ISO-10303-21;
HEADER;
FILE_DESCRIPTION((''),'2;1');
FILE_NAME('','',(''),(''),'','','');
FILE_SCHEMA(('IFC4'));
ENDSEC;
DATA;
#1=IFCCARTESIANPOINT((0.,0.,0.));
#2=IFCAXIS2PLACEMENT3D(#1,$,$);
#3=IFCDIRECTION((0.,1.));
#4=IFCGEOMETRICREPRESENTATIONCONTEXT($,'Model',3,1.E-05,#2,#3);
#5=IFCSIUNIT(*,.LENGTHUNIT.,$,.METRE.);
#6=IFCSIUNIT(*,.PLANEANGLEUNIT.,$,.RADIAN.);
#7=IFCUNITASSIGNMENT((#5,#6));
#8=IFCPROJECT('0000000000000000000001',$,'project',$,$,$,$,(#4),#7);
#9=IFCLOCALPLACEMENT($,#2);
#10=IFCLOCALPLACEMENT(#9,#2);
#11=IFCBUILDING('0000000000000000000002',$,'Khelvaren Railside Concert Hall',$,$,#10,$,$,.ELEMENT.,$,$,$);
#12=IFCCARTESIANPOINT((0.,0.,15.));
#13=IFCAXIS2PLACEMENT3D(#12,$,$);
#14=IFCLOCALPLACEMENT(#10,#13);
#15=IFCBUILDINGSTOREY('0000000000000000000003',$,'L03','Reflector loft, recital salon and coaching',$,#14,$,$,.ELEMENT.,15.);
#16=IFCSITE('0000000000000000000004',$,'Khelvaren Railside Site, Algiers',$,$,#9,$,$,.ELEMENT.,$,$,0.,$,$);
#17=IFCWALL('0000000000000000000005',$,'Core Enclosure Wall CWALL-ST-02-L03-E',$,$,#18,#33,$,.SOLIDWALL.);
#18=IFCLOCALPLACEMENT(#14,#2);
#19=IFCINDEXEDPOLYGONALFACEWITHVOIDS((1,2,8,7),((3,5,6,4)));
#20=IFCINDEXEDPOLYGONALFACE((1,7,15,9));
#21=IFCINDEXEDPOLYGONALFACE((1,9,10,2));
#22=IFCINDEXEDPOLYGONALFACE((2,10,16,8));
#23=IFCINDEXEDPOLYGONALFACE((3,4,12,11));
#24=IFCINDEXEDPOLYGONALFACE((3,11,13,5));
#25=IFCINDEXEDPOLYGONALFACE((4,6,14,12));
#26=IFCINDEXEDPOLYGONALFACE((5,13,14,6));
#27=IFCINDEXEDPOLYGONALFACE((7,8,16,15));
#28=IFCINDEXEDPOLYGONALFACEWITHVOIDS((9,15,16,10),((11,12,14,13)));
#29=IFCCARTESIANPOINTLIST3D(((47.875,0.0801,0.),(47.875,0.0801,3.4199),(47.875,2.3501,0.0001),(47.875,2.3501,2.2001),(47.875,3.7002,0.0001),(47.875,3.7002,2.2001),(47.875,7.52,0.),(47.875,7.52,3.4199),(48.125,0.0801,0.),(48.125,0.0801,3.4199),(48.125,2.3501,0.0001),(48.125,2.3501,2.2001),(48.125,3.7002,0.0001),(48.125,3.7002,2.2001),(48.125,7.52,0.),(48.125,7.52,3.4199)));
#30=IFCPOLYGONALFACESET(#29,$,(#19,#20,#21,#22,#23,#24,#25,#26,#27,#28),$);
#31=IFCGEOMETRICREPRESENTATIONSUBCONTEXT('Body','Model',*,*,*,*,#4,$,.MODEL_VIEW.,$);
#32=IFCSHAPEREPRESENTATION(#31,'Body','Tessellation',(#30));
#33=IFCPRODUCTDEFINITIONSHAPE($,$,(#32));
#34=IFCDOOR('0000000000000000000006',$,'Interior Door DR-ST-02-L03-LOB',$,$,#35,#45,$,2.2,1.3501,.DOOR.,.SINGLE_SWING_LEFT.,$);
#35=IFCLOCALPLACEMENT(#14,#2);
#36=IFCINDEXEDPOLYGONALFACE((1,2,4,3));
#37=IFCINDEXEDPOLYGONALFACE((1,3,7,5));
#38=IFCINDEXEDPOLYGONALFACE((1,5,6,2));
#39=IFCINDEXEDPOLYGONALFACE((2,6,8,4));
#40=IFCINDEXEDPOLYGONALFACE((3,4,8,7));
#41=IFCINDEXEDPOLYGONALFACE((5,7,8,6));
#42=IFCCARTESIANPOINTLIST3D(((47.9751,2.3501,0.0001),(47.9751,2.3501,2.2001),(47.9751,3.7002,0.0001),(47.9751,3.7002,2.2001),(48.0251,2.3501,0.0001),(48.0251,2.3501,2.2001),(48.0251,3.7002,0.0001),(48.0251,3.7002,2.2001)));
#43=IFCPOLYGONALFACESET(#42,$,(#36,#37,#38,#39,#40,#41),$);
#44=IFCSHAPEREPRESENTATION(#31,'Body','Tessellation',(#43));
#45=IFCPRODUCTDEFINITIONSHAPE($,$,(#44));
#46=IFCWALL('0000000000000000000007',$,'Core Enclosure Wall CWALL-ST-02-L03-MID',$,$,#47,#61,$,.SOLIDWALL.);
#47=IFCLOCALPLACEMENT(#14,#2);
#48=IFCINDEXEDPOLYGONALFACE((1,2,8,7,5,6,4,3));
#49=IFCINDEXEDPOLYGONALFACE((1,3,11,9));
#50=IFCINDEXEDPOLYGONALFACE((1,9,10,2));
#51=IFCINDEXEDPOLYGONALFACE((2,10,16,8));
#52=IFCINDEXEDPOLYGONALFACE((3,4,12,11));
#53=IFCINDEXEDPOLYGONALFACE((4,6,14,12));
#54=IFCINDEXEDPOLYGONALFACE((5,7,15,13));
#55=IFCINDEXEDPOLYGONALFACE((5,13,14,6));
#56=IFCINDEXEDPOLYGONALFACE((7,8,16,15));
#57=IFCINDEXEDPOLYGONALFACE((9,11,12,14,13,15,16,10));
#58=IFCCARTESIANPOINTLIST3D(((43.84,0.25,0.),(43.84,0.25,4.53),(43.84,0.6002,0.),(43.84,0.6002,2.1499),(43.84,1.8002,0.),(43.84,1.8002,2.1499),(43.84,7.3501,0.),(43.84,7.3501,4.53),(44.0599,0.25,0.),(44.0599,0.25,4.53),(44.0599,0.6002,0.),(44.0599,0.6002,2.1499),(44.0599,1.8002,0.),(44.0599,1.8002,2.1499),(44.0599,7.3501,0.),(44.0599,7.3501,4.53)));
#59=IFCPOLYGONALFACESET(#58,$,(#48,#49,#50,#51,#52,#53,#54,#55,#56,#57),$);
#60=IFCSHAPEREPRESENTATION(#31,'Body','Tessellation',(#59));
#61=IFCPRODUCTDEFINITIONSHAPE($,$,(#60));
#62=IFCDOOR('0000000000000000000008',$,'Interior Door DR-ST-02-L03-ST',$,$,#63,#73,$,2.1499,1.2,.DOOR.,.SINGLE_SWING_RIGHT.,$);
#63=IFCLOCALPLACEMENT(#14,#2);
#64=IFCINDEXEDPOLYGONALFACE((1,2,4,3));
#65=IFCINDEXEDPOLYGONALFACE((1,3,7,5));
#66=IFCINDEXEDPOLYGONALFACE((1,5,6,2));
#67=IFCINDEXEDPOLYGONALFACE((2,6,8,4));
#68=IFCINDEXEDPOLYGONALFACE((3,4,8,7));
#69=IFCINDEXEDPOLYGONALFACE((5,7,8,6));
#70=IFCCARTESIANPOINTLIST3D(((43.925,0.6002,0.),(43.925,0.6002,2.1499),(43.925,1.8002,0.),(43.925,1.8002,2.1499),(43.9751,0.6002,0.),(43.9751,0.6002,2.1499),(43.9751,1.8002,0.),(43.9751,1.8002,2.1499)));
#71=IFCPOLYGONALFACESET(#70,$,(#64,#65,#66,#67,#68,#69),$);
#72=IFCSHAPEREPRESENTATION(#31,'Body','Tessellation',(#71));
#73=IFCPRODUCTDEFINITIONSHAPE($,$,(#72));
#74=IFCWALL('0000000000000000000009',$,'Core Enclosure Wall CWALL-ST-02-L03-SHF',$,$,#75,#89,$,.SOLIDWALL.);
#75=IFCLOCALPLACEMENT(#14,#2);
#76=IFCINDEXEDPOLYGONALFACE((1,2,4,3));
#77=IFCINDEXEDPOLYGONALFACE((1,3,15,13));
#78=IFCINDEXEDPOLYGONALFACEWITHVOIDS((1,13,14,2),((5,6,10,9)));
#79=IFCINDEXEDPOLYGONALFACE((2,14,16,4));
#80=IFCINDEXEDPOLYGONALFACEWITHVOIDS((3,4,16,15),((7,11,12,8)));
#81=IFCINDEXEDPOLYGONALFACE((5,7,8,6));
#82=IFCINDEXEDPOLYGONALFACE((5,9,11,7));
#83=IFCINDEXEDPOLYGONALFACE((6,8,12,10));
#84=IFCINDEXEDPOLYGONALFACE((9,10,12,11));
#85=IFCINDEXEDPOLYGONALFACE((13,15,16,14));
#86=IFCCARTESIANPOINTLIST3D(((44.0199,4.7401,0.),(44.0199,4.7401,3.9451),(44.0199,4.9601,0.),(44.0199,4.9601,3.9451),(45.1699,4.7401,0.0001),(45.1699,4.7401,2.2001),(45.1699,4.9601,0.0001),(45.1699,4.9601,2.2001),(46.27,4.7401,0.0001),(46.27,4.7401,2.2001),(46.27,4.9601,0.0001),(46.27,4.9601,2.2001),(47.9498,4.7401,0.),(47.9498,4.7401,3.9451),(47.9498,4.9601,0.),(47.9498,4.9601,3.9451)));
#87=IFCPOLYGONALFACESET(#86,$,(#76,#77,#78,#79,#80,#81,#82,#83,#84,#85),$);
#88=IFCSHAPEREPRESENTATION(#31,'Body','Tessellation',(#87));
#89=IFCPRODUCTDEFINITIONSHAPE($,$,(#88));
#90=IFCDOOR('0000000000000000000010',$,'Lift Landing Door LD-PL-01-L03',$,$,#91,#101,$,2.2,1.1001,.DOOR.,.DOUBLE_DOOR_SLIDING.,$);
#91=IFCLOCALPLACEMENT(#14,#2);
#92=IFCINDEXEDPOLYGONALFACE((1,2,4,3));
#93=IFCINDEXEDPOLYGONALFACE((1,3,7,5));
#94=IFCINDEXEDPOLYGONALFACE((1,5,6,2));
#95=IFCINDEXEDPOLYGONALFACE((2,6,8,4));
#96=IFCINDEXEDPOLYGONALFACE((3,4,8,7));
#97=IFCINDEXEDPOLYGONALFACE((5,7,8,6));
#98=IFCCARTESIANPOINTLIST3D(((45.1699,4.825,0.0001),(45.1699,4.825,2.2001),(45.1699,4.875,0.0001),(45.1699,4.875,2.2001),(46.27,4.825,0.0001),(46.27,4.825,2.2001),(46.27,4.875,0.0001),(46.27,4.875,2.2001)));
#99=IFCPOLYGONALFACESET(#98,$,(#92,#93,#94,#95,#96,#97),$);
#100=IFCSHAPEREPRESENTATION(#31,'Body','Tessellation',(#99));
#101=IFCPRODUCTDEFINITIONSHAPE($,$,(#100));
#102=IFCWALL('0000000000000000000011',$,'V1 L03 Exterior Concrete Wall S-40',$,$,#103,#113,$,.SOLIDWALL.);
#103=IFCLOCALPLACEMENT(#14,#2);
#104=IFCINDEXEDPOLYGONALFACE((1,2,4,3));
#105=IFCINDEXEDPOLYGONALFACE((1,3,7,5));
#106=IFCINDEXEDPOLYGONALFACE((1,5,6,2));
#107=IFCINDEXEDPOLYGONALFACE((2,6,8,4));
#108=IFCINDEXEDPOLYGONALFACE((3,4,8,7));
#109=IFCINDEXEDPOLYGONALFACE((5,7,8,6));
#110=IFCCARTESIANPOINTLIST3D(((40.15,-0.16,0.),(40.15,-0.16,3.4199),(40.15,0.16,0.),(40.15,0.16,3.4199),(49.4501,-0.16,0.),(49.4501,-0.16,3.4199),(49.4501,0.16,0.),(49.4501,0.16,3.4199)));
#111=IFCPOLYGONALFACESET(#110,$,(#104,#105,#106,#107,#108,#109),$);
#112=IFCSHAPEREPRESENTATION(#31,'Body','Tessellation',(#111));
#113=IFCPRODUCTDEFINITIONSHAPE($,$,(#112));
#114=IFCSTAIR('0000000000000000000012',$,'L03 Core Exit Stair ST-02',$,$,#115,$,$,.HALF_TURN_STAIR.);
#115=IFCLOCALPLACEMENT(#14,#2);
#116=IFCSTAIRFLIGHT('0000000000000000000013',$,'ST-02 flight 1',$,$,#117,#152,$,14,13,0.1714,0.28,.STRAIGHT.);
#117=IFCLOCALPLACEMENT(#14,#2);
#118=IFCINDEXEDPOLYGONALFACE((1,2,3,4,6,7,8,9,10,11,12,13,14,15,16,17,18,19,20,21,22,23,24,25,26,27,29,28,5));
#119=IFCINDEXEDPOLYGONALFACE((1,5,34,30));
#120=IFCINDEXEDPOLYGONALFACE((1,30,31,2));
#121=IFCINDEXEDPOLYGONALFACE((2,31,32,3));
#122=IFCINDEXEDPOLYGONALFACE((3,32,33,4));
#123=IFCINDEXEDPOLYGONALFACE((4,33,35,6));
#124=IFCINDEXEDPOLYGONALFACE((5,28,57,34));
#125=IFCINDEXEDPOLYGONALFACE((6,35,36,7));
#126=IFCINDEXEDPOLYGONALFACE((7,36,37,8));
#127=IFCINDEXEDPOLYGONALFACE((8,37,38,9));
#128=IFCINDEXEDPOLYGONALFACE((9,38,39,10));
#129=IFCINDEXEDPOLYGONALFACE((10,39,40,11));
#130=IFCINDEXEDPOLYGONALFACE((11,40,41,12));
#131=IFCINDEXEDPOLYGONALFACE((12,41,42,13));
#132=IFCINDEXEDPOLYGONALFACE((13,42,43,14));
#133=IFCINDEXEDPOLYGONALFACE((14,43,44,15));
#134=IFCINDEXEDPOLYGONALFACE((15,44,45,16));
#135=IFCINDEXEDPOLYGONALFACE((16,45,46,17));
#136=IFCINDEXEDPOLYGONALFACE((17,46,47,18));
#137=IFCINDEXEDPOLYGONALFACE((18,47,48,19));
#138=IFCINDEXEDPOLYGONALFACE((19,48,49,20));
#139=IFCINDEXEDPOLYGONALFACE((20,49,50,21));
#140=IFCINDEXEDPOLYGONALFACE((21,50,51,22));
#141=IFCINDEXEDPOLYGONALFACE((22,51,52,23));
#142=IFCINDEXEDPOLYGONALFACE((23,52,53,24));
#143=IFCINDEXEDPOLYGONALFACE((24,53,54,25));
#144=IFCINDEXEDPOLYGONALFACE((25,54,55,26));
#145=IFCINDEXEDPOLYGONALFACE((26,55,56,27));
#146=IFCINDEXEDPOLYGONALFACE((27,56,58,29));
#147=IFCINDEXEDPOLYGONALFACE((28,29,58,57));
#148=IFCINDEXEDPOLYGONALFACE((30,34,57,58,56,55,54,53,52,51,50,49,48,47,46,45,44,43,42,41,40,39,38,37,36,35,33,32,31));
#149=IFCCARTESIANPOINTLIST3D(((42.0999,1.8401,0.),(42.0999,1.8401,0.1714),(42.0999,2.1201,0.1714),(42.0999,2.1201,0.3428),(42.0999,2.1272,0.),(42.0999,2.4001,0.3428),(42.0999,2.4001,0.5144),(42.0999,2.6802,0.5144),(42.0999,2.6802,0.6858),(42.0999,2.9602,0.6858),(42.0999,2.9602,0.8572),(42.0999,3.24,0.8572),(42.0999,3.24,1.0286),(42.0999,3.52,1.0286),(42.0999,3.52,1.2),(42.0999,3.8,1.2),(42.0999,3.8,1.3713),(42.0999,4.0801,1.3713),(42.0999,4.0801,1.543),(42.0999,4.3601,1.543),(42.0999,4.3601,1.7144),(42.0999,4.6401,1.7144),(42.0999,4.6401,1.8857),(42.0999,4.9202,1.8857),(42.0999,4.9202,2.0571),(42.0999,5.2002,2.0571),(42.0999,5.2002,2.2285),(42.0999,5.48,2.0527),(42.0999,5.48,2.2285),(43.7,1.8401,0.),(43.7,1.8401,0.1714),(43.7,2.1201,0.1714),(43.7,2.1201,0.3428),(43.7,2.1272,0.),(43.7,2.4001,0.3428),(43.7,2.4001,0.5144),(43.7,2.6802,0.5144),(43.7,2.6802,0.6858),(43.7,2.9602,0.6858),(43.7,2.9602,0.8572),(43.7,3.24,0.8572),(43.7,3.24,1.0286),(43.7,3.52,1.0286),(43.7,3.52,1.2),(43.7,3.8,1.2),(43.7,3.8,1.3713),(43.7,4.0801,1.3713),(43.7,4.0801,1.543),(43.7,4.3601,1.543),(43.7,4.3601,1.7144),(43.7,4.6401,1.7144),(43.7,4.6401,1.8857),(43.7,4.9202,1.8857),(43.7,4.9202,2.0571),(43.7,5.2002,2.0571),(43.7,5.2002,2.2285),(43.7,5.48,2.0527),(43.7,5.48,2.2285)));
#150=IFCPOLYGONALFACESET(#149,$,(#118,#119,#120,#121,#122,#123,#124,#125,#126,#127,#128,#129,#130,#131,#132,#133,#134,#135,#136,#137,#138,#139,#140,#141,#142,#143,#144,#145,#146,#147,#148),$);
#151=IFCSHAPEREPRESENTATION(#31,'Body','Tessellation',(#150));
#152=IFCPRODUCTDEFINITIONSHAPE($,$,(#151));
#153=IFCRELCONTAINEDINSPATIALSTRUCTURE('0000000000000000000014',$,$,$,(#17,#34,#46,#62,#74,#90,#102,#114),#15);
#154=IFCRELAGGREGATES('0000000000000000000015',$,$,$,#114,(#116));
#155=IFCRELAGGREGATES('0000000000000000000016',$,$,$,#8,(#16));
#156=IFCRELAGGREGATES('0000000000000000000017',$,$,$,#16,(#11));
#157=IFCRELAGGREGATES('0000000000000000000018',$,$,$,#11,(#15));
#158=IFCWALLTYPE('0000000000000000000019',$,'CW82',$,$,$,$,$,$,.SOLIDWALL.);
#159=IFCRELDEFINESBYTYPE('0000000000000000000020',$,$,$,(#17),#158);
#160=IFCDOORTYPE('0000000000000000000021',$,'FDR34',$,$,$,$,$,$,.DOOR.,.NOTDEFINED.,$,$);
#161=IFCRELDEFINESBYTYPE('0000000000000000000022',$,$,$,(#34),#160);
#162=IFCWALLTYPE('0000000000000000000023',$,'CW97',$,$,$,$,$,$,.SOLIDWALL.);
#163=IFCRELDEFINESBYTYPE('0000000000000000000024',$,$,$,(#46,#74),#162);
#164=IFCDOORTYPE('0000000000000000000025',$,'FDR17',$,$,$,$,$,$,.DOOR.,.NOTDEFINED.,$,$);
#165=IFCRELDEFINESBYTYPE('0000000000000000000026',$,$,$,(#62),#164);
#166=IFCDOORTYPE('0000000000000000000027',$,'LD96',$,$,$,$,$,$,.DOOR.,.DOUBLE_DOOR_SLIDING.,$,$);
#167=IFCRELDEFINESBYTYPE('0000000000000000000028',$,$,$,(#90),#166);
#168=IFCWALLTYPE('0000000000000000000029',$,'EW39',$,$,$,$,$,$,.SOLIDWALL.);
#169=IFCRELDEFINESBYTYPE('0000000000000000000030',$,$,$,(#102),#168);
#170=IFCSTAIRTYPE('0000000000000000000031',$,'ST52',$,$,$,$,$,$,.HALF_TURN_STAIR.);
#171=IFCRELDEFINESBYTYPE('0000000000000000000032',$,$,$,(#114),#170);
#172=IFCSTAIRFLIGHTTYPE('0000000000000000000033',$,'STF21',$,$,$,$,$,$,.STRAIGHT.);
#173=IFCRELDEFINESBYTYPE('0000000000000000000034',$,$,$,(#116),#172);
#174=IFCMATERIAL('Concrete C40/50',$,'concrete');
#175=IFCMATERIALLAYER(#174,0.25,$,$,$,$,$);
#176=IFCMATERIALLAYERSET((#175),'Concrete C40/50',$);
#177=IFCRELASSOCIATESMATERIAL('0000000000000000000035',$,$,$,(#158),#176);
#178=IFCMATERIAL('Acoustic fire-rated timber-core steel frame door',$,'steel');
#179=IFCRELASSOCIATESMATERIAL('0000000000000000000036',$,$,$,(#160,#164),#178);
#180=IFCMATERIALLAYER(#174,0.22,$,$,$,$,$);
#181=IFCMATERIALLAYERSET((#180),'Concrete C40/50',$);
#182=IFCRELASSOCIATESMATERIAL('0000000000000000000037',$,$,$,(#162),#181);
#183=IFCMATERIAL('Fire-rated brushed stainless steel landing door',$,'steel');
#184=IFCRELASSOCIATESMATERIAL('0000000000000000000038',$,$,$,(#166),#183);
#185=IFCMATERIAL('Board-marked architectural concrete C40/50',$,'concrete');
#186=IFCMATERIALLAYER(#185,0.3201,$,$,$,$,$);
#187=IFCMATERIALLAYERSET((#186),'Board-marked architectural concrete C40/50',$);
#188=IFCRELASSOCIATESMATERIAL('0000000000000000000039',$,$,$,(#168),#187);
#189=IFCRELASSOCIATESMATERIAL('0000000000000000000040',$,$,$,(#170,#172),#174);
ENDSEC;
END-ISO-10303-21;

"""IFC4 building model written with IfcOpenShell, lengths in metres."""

from ifc_helpers import new_model, si_unit, direction, frame, frame_2d, origin, place, context, subcontext, project, spatial, polyline, rectangle, outline, extrude, material, layer, layer_set, type_object, element, fill, aggregate, save


model = new_model("IFC4")

# Units and contexts
model_context = context("Model", 3, precision=1e-05, world=origin(), true_north=direction((0.0, 1.0)))
body_context = subcontext(model_context, "Body", "Model", "MODEL_VIEW")
ifc_project = project(units=[si_unit("LENGTHUNIT", "METRE"), si_unit("PLANEANGLEUNIT", "RADIAN")], contexts=[model_context])

# Site, building, storey
site_placement = place(None, origin())
site = spatial("IfcSite", under=ifc_project, at=site_placement, Name="Khelvaren Railside Site, Algiers", CompositionType="ELEMENT", RefElevation=0.0)
building_placement = place(site_placement, origin())
building = spatial("IfcBuilding", under=site, at=building_placement, Name="Khelvaren Railside Concert Hall", CompositionType="ELEMENT")
storey_placement = place(building_placement, frame((0.0, 0.0, 15.0)))
storey = spatial("IfcBuildingStorey", under=building, at=storey_placement, Name="L03", Description="Reflector loft, recital salon and coaching", CompositionType="ELEMENT", Elevation=15.0)

# Shared definitions
ifc_material_1 = material(Name="Concrete C40/50", Category="concrete")

# Walls, openings, doors
ifc_layer_1 = layer(ifc_material_1, 0.25)
ifc_layer_set_1 = layer_set([ifc_layer_1], Name="Concrete C40/50")
wall_type_1 = type_object("IfcWallType", Name="CW82", PredefinedType="SOLIDWALL", material=ifc_layer_set_1)
wall_1_placement = place(storey_placement, frame((48.0, 0.0801, 0.0), z_axis=(0.0, 0.0, 1.0), x_axis=(0.0, 1.0, 0.0)))
wall_1 = element("IfcWall", 1, at=wall_1_placement, inside=storey, type_object=wall_type_1, Name="Core Enclosure Wall CWALL-ST-02-L03-E", PredefinedType="SOLIDWALL", context=body_context, shape_type="SweptSolid", body=[
    extrude(rectangle(XDim=7.4399, YDim=0.25, at=frame_2d((3.72, 0.0))), origin(), (0.0, 0.0, 1.0), 3.4199),
])
opening_1_placement = place(wall_1_placement, frame((2.27, 0.0, 0.0)))
opening_1 = element("IfcOpeningElement", 2, at=opening_1_placement, cuts=wall_1, PredefinedType="OPENING", context=body_context, shape_type="SweptSolid", body=[
    extrude(rectangle(XDim=1.3501, YDim=2.2, at=frame_2d((0.675, 1.1001))), frame((0.0, 0.135, 0.0), z_axis=(0.0, -1.0, 0.0), x_axis=(1.0, 0.0, 0.0)), (0.0, 0.0, 1.0), 0.27),
])
ifc_material_2 = material(Name="Acoustic fire-rated timber-core steel frame door", Category="steel")
door_type_1 = type_object("IfcDoorType", Name="FDR34", OperationType="NOTDEFINED", PredefinedType="DOOR", material=ifc_material_2)
door_1_placement = place(opening_1_placement, origin())
door_1 = element("IfcDoor", 3, at=door_1_placement, inside=storey, type_object=door_type_1, Name="Interior Door DR-ST-02-L03-LOB", OperationType="SINGLE_SWING_LEFT", OverallHeight=2.2, OverallWidth=1.3501, PredefinedType="DOOR", context=body_context, shape_type="SweptSolid", body=[
    extrude(rectangle(XDim=1.3501, YDim=2.2, at=frame_2d((0.675, 1.1001))), frame((0.0, 0.0249, 0.0), z_axis=(0.0, -1.0, 0.0), x_axis=(1.0, 0.0, 0.0)), (0.0, 0.0, 1.0), 0.05),
])
fill(opening_1, door_1)
ifc_layer_2 = layer(ifc_material_1, 0.22)
ifc_layer_set_2 = layer_set([ifc_layer_2], Name="Concrete C40/50")
wall_type_2 = type_object("IfcWallType", Name="CW97", PredefinedType="SOLIDWALL", material=ifc_layer_set_2)
wall_2_placement = place(storey_placement, frame((43.95, 0.25, 0.0), z_axis=(0.0, 0.0, 1.0), x_axis=(0.0, 1.0, 0.0)))
wall_2 = element("IfcWall", 4, at=wall_2_placement, inside=storey, type_object=wall_type_2, Name="Core Enclosure Wall CWALL-ST-02-L03-MID", PredefinedType="SOLIDWALL", context=body_context, shape_type="SweptSolid", body=[
    extrude(rectangle(XDim=7.1001, YDim=0.22, at=frame_2d((3.55, 0.0))), origin(), (0.0, 0.0, 1.0), 4.53),
])
opening_2_placement = place(wall_2_placement, frame((0.3501, 0.0, 0.0)))
opening_2 = element("IfcOpeningElement", 5, at=opening_2_placement, cuts=wall_2, PredefinedType="OPENING", context=body_context, shape_type="SweptSolid", body=[
    extrude(rectangle(XDim=1.2, YDim=2.1499, at=frame_2d((0.6001, 1.075))), frame((0.0, 0.1199, 0.0), z_axis=(0.0, -1.0, 0.0), x_axis=(1.0, 0.0, 0.0)), (0.0, 0.0, 1.0), 0.24),
])
door_type_2 = type_object("IfcDoorType", Name="FDR17", OperationType="NOTDEFINED", PredefinedType="DOOR", material=ifc_material_2)
door_2_placement = place(opening_2_placement, origin())
door_2 = element("IfcDoor", 6, at=door_2_placement, inside=storey, type_object=door_type_2, Name="Interior Door DR-ST-02-L03-ST", OperationType="SINGLE_SWING_RIGHT", OverallHeight=2.1499, OverallWidth=1.2, PredefinedType="DOOR", context=body_context, shape_type="SweptSolid", body=[
    extrude(rectangle(XDim=1.2, YDim=2.1499, at=frame_2d((0.6001, 1.075))), frame((0.0, 0.0249, 0.0), z_axis=(0.0, -1.0, 0.0), x_axis=(1.0, 0.0, 0.0)), (0.0, 0.0, 1.0), 0.05),
])
fill(opening_2, door_2)
wall_3_placement = place(storey_placement, frame((44.02, 4.8501, 0.0), z_axis=(0.0, 0.0, 1.0), x_axis=(1.0, 0.0, 0.0)))
wall_3 = element("IfcWall", 7, at=wall_3_placement, inside=storey, type_object=wall_type_2, Name="Core Enclosure Wall CWALL-ST-02-L03-SHF", PredefinedType="SOLIDWALL", context=body_context, shape_type="SweptSolid", body=[
    extrude(rectangle(XDim=3.9299, YDim=0.22, at=frame_2d((1.9648, 0.0))), origin(), (0.0, 0.0, 1.0), 3.9451),
])
opening_3_placement = place(wall_3_placement, frame((1.1499, 0.0, 0.0)))
opening_3 = element("IfcOpeningElement", 8, at=opening_3_placement, cuts=wall_3, PredefinedType="OPENING", context=body_context, shape_type="SweptSolid", body=[
    extrude(rectangle(XDim=1.1001, YDim=2.2, at=frame_2d((0.55, 1.1001))), frame((0.0, 0.1199, 0.0), z_axis=(0.0, -1.0, 0.0), x_axis=(1.0, 0.0, 0.0)), (0.0, 0.0, 1.0), 0.24),
])
ifc_material_3 = material(Name="Fire-rated brushed stainless steel landing door", Category="steel")
door_type_3 = type_object("IfcDoorType", Name="LD96", OperationType="DOUBLE_DOOR_SLIDING", PredefinedType="DOOR", material=ifc_material_3)
door_3_placement = place(opening_3_placement, origin())
door_3 = element("IfcDoor", 9, at=door_3_placement, inside=storey, type_object=door_type_3, Name="Lift Landing Door LD-PL-01-L03", OperationType="DOUBLE_DOOR_SLIDING", OverallHeight=2.2, OverallWidth=1.1001, PredefinedType="DOOR", context=body_context, shape_type="SweptSolid", body=[
    extrude(rectangle(XDim=1.1001, YDim=2.2, at=frame_2d((0.55, 1.1001))), frame((0.0, 0.0249, 0.0), z_axis=(0.0, -1.0, 0.0), x_axis=(1.0, 0.0, 0.0)), (0.0, 0.0, 1.0), 0.05),
])
fill(opening_3, door_3)

# Wall
ifc_material_4 = material(Name="Board-marked architectural concrete C40/50", Category="concrete")
ifc_layer_3 = layer(ifc_material_4, 0.3201)
ifc_layer_set_3 = layer_set([ifc_layer_3], Name="Board-marked architectural concrete C40/50")
wall_type_3 = type_object("IfcWallType", Name="EW39", PredefinedType="SOLIDWALL", material=ifc_layer_set_3)
wall_4_placement = place(storey_placement, frame((49.45, 0.0, 0.0), z_axis=(0.0, 0.0, 1.0), x_axis=(-1.0, 0.0, 0.0)))
element("IfcWall", 10, at=wall_4_placement, inside=storey, type_object=wall_type_3, Name="V1 L03 Exterior Concrete Wall S-40", PredefinedType="SOLIDWALL", context=body_context, shape_type="SweptSolid", body=[
    extrude(rectangle(XDim=9.3, YDim=0.3201, at=frame_2d((4.6499, 0.0))), origin(), (0.0, 0.0, 1.0), 3.4199),
])

# Stair, stair flight
stair_type = type_object("IfcStairType", Name="ST52", PredefinedType="HALF_TURN_STAIR", material=ifc_material_1)
stair_placement = place(storey_placement, origin())
stair = element("IfcStair", 11, at=stair_placement, inside=storey, type_object=stair_type, Name="L03 Core Exit Stair ST-02", PredefinedType="HALF_TURN_STAIR")
stair_flight_type = type_object("IfcStairFlightType", Name="STF21", PredefinedType="STRAIGHT", material=ifc_material_1)
stair_flight_1_placement = place(storey_placement, frame((42.8999, 1.8401, 0.0), z_axis=(0.0, 0.0, 1.0), x_axis=(0.0, 1.0, 0.0)))
stair_flight_1 = element("IfcStairFlight", 12, at=stair_flight_1_placement, type_object=stair_flight_type, Name="ST-02 flight 1", NumberOfRisers=14, NumberOfTreads=13, PredefinedType="STRAIGHT", RiserHeight=0.1714, TreadLength=0.28, context=body_context, shape_type="SweptSolid", body=[
    extrude(outline(polyline([(0.0, 0.0), (0.0, 0.1714), (0.28, 0.1714), (0.28, 0.3428), (0.5601, 0.3428), (0.5601, 0.5144), (0.8401, 0.5144), (0.8401, 0.6858), (1.1201, 0.6858), (1.1201, 0.8572), (1.3999, 0.8572), (1.3999, 1.0286), (1.6799, 1.0286), (1.6799, 1.2), (1.96, 1.2), (1.96, 1.3713), (2.24, 1.3713), (2.24, 1.543), (2.52, 1.543), (2.52, 1.7144), (2.8, 1.7144), (2.8, 1.8857), (3.0801, 1.8857), (3.0801, 2.0571), (3.3601, 2.0571), (3.3601, 2.2285), (3.6399, 2.2285), (3.6399, 2.3999), (3.6399, 2.0527), (0.2871, 0.0), (0.0, 0.0)])), frame((0.0, 0.8, 0.0), z_axis=(0.0, -1.0, 0.0), x_axis=(1.0, 0.0, 0.0)), (0.0, 0.0, 1.0), 1.6001),
])
aggregate(stair, [stair_flight_1])

save(model, "model.ifc")
